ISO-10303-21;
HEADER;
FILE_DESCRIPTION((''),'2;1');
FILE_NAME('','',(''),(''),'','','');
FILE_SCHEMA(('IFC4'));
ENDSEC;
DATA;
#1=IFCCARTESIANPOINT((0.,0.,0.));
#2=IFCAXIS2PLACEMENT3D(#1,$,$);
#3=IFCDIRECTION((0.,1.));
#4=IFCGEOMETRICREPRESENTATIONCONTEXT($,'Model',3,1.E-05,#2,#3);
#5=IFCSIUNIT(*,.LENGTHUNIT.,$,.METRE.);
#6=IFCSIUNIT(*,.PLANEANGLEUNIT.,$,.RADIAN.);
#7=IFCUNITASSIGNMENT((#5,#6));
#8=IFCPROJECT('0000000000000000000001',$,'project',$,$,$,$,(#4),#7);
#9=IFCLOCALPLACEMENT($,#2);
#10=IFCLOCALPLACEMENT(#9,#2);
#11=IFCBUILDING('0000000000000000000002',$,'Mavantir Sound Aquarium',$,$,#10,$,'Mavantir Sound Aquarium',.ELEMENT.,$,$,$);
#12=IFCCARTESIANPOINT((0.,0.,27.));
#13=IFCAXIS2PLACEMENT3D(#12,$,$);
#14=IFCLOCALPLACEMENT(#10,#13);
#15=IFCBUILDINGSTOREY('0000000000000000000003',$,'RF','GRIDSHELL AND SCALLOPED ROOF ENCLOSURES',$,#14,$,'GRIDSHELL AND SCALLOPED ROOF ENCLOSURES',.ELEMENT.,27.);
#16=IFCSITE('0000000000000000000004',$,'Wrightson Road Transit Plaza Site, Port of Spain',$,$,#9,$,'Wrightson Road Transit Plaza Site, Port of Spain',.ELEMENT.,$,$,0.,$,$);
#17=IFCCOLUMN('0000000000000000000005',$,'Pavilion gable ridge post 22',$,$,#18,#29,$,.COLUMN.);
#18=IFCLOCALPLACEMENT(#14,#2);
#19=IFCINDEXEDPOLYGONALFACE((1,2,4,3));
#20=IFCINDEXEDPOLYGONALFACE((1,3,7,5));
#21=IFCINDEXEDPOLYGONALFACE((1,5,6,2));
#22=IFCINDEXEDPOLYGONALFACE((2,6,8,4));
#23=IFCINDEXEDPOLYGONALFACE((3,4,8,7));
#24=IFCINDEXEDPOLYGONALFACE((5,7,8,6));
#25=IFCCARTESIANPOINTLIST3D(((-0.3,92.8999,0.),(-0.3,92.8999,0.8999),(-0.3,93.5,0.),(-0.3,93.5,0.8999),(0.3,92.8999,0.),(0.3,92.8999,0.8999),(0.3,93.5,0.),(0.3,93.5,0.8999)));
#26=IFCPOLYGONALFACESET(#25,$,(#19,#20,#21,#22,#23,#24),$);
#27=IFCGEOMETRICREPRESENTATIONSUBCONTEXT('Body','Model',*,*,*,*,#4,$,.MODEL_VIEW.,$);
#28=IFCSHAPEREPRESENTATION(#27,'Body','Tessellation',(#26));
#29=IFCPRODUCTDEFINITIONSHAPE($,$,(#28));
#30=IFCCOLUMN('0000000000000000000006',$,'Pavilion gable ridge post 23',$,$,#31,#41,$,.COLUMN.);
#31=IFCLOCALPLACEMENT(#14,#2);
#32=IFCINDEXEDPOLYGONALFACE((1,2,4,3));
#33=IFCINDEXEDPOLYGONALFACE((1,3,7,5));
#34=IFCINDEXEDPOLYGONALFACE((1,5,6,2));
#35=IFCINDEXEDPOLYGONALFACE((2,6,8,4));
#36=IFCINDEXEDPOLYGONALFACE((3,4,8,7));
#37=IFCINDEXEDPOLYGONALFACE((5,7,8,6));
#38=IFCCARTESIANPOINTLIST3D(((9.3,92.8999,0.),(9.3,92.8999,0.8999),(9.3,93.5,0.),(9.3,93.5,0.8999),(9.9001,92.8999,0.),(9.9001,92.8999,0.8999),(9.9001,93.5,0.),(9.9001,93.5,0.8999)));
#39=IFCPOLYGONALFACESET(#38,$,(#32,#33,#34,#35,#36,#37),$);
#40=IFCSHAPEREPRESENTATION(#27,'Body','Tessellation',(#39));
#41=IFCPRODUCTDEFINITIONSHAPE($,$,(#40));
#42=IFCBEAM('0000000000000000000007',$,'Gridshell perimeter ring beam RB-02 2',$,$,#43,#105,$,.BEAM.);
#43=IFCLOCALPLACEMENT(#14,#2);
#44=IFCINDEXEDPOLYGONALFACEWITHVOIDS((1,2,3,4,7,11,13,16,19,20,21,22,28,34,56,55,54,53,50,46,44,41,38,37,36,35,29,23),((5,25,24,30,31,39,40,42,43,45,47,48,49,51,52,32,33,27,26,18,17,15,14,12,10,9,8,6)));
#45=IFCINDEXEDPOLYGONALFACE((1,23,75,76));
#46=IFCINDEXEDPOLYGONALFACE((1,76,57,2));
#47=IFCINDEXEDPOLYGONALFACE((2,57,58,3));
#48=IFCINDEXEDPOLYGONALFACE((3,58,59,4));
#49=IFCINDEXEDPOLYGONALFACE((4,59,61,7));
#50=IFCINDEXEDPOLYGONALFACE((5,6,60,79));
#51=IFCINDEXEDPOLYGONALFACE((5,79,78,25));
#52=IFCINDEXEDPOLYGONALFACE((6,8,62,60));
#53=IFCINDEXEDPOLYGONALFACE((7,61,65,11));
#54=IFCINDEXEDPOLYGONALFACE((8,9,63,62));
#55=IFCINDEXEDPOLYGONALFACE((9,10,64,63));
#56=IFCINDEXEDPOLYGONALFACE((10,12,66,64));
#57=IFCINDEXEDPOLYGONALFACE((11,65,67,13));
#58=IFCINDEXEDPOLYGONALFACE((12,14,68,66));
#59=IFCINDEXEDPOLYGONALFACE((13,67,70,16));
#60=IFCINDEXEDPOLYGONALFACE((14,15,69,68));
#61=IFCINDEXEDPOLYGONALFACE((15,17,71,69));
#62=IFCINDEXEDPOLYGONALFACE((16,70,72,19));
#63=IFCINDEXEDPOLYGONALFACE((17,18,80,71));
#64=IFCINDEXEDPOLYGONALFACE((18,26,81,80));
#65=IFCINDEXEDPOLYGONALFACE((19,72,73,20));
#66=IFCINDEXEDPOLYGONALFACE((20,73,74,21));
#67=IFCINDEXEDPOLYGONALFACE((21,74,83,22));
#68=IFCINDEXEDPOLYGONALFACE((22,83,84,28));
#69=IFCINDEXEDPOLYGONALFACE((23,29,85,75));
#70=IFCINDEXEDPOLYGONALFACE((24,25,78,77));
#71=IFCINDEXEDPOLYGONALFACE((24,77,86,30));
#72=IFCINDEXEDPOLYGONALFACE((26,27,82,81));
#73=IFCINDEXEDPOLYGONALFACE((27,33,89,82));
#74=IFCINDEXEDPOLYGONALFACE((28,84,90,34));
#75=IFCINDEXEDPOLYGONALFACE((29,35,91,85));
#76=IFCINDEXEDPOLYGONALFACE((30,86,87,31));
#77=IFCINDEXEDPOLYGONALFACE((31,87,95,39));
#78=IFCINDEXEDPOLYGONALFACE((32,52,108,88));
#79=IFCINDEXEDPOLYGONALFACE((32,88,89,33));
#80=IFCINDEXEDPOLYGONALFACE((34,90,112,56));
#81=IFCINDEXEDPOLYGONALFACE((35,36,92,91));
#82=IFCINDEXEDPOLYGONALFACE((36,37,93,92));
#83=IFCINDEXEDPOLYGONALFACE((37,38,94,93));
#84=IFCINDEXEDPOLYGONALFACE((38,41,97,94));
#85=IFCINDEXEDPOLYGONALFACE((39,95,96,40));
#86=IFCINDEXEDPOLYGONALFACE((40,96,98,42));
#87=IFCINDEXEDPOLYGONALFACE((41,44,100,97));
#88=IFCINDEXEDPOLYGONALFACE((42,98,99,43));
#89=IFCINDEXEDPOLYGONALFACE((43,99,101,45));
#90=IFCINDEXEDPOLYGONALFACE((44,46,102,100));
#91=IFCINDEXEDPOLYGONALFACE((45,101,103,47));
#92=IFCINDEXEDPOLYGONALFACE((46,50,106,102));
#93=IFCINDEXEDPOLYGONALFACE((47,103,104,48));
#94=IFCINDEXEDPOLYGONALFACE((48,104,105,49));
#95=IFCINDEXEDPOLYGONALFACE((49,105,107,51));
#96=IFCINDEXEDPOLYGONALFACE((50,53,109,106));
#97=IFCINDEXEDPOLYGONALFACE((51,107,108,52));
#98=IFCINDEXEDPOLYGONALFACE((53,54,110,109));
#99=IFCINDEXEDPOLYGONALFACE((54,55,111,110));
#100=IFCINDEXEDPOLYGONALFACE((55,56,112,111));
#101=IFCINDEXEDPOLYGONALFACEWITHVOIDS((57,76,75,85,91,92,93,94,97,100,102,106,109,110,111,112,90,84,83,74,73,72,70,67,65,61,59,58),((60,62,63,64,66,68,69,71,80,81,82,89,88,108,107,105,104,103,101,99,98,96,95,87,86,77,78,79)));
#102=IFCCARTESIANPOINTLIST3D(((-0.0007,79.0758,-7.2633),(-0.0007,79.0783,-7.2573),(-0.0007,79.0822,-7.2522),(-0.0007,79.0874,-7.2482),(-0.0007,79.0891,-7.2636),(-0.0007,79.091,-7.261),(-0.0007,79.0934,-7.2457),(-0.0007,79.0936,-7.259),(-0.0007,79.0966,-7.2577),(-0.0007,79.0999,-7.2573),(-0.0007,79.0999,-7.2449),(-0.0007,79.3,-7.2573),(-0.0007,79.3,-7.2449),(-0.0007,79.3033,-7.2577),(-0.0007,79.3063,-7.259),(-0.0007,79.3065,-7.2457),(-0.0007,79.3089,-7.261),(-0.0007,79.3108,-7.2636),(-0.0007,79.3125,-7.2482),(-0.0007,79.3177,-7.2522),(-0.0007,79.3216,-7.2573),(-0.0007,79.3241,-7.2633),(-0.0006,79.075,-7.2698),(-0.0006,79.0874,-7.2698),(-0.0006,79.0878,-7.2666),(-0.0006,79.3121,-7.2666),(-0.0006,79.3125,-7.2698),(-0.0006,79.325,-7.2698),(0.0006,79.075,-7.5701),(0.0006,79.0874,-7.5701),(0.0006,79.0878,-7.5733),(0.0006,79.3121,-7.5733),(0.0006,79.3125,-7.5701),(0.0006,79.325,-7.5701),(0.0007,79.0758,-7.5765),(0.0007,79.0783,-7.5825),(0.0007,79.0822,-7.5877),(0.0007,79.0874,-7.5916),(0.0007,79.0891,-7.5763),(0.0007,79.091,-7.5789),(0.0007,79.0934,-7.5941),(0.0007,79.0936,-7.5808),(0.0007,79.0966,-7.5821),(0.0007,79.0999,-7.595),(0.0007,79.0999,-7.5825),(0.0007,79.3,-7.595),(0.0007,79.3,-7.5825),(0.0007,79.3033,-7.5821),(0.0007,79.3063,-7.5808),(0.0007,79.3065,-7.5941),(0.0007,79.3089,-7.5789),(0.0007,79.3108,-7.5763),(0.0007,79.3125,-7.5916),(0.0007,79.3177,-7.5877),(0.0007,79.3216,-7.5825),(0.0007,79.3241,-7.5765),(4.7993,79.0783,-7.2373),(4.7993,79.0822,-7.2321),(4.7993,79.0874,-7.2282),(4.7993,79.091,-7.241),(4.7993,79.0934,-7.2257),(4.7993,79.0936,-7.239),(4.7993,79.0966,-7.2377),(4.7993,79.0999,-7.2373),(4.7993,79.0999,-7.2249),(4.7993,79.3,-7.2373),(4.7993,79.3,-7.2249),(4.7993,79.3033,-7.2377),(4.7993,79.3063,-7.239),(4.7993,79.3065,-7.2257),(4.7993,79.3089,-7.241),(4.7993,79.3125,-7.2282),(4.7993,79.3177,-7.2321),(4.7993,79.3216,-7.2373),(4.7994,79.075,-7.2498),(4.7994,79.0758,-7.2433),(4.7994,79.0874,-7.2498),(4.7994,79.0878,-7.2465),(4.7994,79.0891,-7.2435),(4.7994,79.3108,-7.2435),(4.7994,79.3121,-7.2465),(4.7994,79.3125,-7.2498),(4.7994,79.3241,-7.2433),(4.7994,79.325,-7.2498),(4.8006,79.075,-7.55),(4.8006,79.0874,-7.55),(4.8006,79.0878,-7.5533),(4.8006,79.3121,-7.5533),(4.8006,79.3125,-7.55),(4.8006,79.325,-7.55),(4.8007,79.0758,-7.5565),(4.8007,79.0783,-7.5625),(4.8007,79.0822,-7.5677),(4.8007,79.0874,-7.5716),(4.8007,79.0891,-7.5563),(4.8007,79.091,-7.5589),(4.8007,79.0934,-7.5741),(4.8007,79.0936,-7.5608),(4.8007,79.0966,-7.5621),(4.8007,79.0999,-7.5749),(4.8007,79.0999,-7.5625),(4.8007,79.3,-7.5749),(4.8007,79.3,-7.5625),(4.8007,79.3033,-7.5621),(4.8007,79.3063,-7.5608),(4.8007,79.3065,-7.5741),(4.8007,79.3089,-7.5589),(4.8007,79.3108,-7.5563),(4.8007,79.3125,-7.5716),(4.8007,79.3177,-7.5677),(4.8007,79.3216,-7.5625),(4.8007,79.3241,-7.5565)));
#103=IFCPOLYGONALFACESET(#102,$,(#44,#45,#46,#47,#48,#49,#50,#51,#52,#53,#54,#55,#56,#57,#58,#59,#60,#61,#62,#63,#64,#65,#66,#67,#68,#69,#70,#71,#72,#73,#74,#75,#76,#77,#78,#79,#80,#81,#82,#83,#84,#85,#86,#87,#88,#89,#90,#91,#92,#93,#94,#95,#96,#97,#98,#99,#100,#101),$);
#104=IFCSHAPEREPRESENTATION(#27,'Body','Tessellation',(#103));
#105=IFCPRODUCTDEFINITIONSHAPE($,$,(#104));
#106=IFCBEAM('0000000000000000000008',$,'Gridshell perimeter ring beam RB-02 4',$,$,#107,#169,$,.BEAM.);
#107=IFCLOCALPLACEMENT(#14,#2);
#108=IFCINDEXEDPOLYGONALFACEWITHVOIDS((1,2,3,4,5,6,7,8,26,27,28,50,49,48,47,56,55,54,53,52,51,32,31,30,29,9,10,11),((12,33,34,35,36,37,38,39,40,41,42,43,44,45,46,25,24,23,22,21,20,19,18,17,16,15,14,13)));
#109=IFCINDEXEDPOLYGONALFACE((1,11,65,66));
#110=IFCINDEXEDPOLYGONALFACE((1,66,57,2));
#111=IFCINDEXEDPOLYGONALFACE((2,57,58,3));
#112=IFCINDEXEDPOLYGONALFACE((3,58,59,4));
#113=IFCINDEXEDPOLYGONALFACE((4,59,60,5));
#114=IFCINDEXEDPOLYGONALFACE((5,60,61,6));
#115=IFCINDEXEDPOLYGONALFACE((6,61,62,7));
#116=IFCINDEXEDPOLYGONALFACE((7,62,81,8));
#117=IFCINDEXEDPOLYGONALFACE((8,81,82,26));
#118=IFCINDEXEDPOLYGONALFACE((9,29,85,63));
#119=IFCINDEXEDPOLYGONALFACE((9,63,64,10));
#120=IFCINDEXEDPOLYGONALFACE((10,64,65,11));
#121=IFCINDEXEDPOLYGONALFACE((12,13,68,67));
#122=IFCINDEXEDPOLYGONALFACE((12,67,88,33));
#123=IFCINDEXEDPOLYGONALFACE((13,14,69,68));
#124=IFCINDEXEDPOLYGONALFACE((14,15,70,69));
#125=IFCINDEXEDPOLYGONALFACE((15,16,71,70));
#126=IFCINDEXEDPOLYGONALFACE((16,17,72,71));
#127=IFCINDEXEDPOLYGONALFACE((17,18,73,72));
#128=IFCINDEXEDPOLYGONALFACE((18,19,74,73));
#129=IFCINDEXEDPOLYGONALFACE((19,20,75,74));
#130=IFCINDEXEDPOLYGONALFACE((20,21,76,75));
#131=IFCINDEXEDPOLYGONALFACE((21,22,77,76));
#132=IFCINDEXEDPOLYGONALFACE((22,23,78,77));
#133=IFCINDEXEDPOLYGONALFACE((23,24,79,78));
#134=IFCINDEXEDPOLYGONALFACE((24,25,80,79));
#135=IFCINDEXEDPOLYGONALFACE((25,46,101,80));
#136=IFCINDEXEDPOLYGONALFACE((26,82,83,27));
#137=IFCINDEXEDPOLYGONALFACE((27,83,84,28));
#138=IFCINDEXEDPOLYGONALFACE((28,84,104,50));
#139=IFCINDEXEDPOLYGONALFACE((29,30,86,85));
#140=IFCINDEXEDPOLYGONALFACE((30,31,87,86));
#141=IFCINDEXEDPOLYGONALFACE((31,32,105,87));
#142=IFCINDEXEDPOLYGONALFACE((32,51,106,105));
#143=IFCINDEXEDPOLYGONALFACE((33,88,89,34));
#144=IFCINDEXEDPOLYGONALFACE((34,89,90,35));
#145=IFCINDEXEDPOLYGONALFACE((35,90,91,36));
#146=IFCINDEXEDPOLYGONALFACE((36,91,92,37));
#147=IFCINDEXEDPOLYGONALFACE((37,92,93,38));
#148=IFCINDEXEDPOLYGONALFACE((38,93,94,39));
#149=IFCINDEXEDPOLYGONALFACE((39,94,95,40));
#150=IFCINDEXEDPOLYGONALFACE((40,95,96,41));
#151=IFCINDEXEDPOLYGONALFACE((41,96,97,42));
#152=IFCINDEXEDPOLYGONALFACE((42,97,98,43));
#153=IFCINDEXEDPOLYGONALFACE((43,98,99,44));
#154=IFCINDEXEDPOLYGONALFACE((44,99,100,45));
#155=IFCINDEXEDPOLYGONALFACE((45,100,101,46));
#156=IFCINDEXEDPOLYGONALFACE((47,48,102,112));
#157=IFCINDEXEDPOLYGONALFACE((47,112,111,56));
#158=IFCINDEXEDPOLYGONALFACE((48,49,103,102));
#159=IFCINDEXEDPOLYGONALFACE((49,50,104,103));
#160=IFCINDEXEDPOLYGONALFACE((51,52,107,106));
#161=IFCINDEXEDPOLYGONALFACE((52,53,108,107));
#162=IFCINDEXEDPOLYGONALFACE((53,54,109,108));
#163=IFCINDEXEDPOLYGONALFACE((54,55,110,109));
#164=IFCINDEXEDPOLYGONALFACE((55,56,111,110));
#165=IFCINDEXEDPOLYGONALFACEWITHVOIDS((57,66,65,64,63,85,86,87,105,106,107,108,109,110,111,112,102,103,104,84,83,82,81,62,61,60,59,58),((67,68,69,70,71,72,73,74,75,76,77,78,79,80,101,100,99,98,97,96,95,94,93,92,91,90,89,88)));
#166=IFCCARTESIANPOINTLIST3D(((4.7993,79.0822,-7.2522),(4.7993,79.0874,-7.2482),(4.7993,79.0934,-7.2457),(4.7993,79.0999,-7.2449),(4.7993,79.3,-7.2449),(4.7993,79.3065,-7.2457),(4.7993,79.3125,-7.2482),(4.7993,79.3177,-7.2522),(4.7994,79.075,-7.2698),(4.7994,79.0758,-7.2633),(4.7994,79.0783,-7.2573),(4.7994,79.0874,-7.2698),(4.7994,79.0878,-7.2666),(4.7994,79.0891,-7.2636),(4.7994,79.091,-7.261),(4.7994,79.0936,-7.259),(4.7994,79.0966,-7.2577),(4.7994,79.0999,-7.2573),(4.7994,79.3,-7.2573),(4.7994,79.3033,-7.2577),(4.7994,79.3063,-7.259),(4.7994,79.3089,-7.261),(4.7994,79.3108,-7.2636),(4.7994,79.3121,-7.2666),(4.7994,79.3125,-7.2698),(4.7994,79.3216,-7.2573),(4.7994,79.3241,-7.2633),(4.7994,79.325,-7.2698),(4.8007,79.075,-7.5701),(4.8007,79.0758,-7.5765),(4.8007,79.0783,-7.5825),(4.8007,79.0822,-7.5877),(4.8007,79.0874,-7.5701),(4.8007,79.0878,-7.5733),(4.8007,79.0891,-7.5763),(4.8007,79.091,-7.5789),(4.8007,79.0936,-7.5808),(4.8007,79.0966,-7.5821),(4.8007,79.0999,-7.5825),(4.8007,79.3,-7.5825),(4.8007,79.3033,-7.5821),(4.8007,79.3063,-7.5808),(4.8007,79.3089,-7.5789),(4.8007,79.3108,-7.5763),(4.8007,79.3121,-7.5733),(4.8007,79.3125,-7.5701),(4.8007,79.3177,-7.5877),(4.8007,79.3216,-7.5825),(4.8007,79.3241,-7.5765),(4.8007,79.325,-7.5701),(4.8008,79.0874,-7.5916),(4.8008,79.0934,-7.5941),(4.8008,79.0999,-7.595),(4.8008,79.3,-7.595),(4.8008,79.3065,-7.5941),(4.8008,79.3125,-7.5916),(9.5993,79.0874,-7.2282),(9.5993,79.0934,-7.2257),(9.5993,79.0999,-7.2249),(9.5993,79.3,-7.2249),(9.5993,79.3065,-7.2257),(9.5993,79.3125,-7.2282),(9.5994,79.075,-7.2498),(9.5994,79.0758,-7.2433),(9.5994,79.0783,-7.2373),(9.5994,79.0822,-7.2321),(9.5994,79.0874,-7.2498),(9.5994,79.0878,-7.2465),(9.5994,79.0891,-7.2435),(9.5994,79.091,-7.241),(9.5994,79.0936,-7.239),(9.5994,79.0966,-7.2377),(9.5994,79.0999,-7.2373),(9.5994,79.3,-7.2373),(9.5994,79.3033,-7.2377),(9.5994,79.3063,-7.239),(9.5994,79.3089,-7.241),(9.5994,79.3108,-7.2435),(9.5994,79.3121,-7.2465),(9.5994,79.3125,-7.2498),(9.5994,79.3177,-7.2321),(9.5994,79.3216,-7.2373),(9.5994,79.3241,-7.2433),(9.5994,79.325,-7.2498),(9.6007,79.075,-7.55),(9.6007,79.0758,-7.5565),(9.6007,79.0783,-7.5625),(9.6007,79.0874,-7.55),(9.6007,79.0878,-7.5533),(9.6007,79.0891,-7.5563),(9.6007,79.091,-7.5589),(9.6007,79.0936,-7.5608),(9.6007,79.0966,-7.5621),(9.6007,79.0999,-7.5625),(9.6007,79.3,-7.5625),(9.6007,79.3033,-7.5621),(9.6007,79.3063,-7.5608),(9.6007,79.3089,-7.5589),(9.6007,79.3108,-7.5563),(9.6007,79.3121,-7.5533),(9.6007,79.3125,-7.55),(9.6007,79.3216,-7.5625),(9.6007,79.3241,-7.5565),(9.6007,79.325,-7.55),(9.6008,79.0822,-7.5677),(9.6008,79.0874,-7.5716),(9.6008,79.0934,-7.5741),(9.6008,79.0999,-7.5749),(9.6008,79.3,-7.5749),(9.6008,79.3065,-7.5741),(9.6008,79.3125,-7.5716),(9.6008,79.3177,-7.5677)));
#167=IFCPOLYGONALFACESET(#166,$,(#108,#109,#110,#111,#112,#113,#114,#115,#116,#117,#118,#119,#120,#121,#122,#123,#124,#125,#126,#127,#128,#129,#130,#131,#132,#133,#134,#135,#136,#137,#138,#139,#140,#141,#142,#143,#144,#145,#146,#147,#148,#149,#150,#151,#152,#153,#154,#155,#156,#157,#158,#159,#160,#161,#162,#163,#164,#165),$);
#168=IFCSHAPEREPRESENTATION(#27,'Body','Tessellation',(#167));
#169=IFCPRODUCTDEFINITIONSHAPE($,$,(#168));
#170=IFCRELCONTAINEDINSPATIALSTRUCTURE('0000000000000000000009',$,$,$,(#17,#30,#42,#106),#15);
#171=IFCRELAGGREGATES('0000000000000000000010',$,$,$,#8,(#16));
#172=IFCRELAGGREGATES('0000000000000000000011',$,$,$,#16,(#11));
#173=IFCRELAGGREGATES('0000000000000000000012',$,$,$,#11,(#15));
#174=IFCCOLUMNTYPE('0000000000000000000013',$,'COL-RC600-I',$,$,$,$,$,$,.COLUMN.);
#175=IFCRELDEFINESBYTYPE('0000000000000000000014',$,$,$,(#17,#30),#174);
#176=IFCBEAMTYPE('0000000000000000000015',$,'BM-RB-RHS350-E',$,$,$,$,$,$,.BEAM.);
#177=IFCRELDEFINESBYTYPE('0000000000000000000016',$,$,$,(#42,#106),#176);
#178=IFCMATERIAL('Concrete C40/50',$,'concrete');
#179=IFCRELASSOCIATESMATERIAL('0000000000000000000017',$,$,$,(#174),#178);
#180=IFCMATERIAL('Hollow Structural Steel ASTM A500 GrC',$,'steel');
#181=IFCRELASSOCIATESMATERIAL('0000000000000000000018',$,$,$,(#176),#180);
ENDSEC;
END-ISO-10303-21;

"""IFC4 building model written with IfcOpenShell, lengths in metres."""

from ifc_helpers import new_model, si_unit, direction, frame, origin, origin_2d, place, context, subcontext, project, spatial, rectangle, hollow_rectangle, extrude, material, material_profile, profile_set, type_object, element, save


model = new_model("IFC4")

# Units and contexts
model_context = context("Model", 3, precision=1e-05, world=origin(), true_north=direction((0.0, 1.0)))
body_context = subcontext(model_context, "Body", "Model", "MODEL_VIEW")
ifc_project = project(units=[si_unit("LENGTHUNIT", "METRE"), si_unit("PLANEANGLEUNIT", "RADIAN")], contexts=[model_context])

# Site, building, storey
site_placement = place(None, origin())
site = spatial("IfcSite", under=ifc_project, at=site_placement, Name="Wrightson Road Transit Plaza Site, Port of Spain", LongName="Wrightson Road Transit Plaza Site, Port of Spain", CompositionType="ELEMENT", RefElevation=0.0)
building_placement = place(site_placement, origin())
building = spatial("IfcBuilding", under=site, at=building_placement, Name="Mavantir Sound Aquarium", LongName="Mavantir Sound Aquarium", CompositionType="ELEMENT")
storey_placement = place(building_placement, frame((0.0, 0.0, 27.0)))
storey = spatial("IfcBuildingStorey", under=building, at=storey_placement, Name="RF", Description="GRIDSHELL AND SCALLOPED ROOF ENCLOSURES", LongName="GRIDSHELL AND SCALLOPED ROOF ENCLOSURES", CompositionType="ELEMENT", Elevation=27.0)

# Columns
ifc_material_1 = material(Name="Concrete C40/50", Category="concrete")
ifc_material_profile_1 = material_profile(ifc_material_1, rectangle(XDim=0.6001, YDim=0.6001, at=origin_2d()), Name="RC 600X600")
ifc_profile_set_1 = profile_set([ifc_material_profile_1], Name="Concrete C40/50")
column_type = type_object("IfcColumnType", Name="COL-RC600-I", PredefinedType="COLUMN", material=ifc_profile_set_1)
for number, where, z_axis, x_axis, name in (
    (1, (0.0, 93.2, 0.0), (0.0, 0.0, 1.0), (1.0, 0.0, 0.0), "Pavilion gable ridge post 22"),
    (2, (9.6001, 93.2, 0.0), (0.0, 0.0, 1.0), (1.0, 0.0, 0.0), "Pavilion gable ridge post 23"),
):
    element("IfcColumn", number, at=place(storey_placement, frame(where, z_axis=z_axis, x_axis=x_axis)), inside=storey, type_object=column_type, Name=name, PredefinedType="COLUMN", context=body_context, shape_type="SweptSolid", body=[
        extrude(rectangle(XDim=0.6001, YDim=0.6001, at=origin_2d()), origin(), (0.0, 0.0, 1.0), 0.8999),
    ])

# Beams
ifc_material_2 = material(Name="Hollow Structural Steel ASTM A500 GrC", Category="steel")
ifc_material_profile_2 = material_profile(ifc_material_2, hollow_rectangle(XDim=0.25, YDim=0.3501, WallThickness=0.0125, InnerFilletRadius=0.0125, OuterFilletRadius=0.0249, at=origin_2d()), Name="RHS 350X250X12.5")
ifc_profile_set_2 = profile_set([ifc_material_profile_2], Name="Hollow Structural Steel ASTM A500 GrC")
beam_type_1 = type_object("IfcBeamType", Name="BM-RB-RHS350-E", PredefinedType="BEAM", material=ifc_profile_set_2)
for number, where, z_axis, x_axis, name in (
    (3, (0.0, 79.2, -7.4199), (0.999991, 0.0, 0.004171), (0.0, 1.0, 0.0), "Gridshell perimeter ring beam RB-02 2"),
    (4, (4.8, 79.2, -7.4199), (0.999991, 0.0, 0.004171), (0.0, 1.0, 0.0), "Gridshell perimeter ring beam RB-02 4"),
):
    element("IfcBeam", number, at=place(storey_placement, frame(where, z_axis=z_axis, x_axis=x_axis)), inside=storey, type_object=beam_type_1, Name=name, PredefinedType="BEAM", context=body_context, shape_type="SweptSolid", body=[
        extrude(hollow_rectangle(XDim=0.25, YDim=0.3501, WallThickness=0.0125, InnerFilletRadius=0.0125, OuterFilletRadius=0.0249, at=origin_2d()), origin(), (0.0, 0.0, 1.0), 4.8),
    ])

save(model, "model.ifc")
